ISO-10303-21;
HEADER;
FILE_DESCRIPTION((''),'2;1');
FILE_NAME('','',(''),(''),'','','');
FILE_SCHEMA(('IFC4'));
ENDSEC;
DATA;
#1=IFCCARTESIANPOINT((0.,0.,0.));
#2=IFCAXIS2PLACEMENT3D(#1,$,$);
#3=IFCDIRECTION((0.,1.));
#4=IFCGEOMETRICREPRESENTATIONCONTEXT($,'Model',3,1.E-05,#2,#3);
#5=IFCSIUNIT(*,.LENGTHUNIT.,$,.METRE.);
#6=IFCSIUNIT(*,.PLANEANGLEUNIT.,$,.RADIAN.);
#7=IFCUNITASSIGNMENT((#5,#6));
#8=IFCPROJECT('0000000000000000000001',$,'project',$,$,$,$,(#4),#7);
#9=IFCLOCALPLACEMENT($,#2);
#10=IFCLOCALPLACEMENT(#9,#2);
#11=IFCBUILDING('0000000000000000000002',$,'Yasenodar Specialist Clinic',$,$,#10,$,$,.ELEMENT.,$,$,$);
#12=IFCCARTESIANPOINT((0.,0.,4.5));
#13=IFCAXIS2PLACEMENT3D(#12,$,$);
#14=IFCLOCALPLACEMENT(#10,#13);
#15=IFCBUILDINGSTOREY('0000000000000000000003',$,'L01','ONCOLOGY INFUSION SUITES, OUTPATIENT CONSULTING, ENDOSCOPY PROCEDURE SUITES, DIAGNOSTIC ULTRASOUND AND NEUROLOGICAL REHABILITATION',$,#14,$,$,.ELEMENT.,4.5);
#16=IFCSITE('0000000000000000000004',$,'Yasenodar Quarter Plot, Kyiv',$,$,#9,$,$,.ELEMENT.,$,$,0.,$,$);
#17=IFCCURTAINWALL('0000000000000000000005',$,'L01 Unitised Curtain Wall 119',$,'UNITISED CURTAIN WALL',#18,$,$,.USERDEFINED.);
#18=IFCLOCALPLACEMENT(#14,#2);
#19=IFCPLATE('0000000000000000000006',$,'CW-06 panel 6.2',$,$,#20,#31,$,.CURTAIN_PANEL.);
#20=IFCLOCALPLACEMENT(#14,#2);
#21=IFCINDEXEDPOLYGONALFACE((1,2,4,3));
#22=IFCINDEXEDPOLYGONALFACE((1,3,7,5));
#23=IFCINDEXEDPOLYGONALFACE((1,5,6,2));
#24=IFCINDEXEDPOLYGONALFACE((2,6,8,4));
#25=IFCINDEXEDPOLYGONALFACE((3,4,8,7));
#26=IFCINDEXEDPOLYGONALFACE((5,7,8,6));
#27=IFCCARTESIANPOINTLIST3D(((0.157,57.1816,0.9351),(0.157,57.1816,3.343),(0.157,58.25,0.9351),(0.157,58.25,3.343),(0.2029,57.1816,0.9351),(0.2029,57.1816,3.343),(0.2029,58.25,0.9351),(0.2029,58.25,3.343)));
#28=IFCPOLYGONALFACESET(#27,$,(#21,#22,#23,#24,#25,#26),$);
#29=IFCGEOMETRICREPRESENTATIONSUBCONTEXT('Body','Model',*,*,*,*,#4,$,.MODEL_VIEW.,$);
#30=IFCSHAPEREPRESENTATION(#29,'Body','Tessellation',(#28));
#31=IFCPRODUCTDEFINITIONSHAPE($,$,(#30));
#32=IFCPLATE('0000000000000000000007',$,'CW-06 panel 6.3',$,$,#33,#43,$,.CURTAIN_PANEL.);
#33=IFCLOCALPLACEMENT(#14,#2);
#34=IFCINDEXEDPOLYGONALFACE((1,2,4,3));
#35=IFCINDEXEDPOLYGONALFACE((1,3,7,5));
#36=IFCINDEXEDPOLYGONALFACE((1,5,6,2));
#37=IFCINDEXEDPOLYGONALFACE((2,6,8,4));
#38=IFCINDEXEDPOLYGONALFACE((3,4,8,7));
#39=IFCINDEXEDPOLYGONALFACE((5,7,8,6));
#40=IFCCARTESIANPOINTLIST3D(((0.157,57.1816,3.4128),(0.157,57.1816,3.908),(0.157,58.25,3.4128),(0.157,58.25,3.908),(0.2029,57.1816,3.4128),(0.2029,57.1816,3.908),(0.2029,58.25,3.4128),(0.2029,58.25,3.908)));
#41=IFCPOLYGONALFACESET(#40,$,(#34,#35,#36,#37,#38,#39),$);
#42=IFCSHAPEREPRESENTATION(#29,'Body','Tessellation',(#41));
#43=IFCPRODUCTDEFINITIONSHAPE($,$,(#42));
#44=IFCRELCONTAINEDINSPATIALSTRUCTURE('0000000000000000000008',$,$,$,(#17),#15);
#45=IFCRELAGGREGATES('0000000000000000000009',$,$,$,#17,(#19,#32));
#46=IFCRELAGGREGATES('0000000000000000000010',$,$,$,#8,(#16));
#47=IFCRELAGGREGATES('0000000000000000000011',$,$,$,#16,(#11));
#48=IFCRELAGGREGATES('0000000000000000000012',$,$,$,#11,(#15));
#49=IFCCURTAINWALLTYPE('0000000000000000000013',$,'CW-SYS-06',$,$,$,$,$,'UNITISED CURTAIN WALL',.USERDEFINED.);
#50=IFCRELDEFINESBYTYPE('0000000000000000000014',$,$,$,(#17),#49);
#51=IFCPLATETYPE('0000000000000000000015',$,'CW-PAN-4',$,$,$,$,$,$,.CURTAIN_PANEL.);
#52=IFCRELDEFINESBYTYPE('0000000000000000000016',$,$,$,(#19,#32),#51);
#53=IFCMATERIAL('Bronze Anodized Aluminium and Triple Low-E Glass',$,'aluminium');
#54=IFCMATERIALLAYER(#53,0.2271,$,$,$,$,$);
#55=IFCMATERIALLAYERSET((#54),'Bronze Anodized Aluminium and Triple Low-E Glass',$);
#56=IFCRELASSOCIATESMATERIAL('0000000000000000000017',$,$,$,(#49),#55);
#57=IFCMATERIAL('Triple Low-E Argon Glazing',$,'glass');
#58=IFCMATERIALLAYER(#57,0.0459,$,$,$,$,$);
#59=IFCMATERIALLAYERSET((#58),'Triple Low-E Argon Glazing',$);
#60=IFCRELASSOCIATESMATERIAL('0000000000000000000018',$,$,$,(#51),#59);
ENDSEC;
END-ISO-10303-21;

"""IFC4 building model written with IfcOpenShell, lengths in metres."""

from ifc_helpers import new_model, si_unit, direction, frame, origin, origin_2d, place, context, subcontext, project, spatial, rectangle, extrude, material, layer, layer_set, type_object, element, aggregate, save


model = new_model("IFC4")

# Units and contexts
model_context = context("Model", 3, precision=1e-05, world=origin(), true_north=direction((0.0, 1.0)))
body_context = subcontext(model_context, "Body", "Model", "MODEL_VIEW")
ifc_project = project(units=[si_unit("LENGTHUNIT", "METRE"), si_unit("PLANEANGLEUNIT", "RADIAN")], contexts=[model_context])

# Site, building, storey
site_placement = place(None, origin())
site = spatial("IfcSite", under=ifc_project, at=site_placement, Name="Yasenodar Quarter Plot, Kyiv", CompositionType="ELEMENT", RefElevation=0.0)
building_placement = place(site_placement, origin())
building = spatial("IfcBuilding", under=site, at=building_placement, Name="Yasenodar Specialist Clinic", CompositionType="ELEMENT")
storey_placement = place(building_placement, frame((0.0, 0.0, 4.5)))
storey = spatial("IfcBuildingStorey", under=building, at=storey_placement, Name="L01", Description="ONCOLOGY INFUSION SUITES, OUTPATIENT CONSULTING, ENDOSCOPY PROCEDURE SUITES, DIAGNOSTIC ULTRASOUND AND NEUROLOGICAL REHABILITATION", CompositionType="ELEMENT", Elevation=4.5)

# Curtain wall
ifc_material_1 = material(Name="Bronze Anodized Aluminium and Triple Low-E Glass", Category="aluminium")
ifc_layer_1 = layer(ifc_material_1, 0.2271)
ifc_layer_set_1 = layer_set([ifc_layer_1], Name="Bronze Anodized Aluminium and Triple Low-E Glass")
curtain_wall_type = type_object("IfcCurtainWallType", Name="CW-SYS-06", ElementType="UNITISED CURTAIN WALL", PredefinedType="USERDEFINED", material=ifc_layer_set_1)
curtain_wall_placement = place(storey_placement, origin())
curtain_wall = element("IfcCurtainWall", 1, at=curtain_wall_placement, inside=storey, type_object=curtain_wall_type, Name="L01 Unitised Curtain Wall 119", ObjectType="UNITISED CURTAIN WALL", PredefinedType="USERDEFINED")

# Plates
ifc_material_2 = material(Name="Triple Low-E Argon Glazing", Category="glass")
ifc_layer_2 = layer(ifc_material_2, 0.0459)
ifc_layer_set_2 = layer_set([ifc_layer_2], Name="Triple Low-E Argon Glazing")
plate_type = type_object("IfcPlateType", Name="CW-PAN-4", PredefinedType="CURTAIN_PANEL", material=ifc_layer_set_2)
plate_1_placement = place(storey_placement, frame((0.1799, 57.7158, 0.9351), z_axis=(0.0, 0.0, 1.0), x_axis=(0.0, 1.0, 0.0)))
plate_1 = element("IfcPlate", 2, at=plate_1_placement, type_object=plate_type, Name="CW-06 panel 6.2", PredefinedType="CURTAIN_PANEL", context=body_context, shape_type="SweptSolid", body=[
    extrude(rectangle(XDim=1.0684, YDim=0.0459, at=origin_2d()), origin(), (0.0, 0.0, 1.0), 2.408),
])
plate_2_placement = place(storey_placement, frame((0.1799, 57.7158, 3.4128), z_axis=(0.0, 0.0, 1.0), x_axis=(0.0, 1.0, 0.0)))
plate_2 = element("IfcPlate", 3, at=plate_2_placement, type_object=plate_type, Name="CW-06 panel 6.3", PredefinedType="CURTAIN_PANEL", context=body_context, shape_type="SweptSolid", body=[
    extrude(rectangle(XDim=1.0684, YDim=0.0459, at=origin_2d()), origin(), (0.0, 0.0, 1.0), 0.4951),
])
aggregate(curtain_wall, [plate_1, plate_2])

save(model, "model.ifc")
